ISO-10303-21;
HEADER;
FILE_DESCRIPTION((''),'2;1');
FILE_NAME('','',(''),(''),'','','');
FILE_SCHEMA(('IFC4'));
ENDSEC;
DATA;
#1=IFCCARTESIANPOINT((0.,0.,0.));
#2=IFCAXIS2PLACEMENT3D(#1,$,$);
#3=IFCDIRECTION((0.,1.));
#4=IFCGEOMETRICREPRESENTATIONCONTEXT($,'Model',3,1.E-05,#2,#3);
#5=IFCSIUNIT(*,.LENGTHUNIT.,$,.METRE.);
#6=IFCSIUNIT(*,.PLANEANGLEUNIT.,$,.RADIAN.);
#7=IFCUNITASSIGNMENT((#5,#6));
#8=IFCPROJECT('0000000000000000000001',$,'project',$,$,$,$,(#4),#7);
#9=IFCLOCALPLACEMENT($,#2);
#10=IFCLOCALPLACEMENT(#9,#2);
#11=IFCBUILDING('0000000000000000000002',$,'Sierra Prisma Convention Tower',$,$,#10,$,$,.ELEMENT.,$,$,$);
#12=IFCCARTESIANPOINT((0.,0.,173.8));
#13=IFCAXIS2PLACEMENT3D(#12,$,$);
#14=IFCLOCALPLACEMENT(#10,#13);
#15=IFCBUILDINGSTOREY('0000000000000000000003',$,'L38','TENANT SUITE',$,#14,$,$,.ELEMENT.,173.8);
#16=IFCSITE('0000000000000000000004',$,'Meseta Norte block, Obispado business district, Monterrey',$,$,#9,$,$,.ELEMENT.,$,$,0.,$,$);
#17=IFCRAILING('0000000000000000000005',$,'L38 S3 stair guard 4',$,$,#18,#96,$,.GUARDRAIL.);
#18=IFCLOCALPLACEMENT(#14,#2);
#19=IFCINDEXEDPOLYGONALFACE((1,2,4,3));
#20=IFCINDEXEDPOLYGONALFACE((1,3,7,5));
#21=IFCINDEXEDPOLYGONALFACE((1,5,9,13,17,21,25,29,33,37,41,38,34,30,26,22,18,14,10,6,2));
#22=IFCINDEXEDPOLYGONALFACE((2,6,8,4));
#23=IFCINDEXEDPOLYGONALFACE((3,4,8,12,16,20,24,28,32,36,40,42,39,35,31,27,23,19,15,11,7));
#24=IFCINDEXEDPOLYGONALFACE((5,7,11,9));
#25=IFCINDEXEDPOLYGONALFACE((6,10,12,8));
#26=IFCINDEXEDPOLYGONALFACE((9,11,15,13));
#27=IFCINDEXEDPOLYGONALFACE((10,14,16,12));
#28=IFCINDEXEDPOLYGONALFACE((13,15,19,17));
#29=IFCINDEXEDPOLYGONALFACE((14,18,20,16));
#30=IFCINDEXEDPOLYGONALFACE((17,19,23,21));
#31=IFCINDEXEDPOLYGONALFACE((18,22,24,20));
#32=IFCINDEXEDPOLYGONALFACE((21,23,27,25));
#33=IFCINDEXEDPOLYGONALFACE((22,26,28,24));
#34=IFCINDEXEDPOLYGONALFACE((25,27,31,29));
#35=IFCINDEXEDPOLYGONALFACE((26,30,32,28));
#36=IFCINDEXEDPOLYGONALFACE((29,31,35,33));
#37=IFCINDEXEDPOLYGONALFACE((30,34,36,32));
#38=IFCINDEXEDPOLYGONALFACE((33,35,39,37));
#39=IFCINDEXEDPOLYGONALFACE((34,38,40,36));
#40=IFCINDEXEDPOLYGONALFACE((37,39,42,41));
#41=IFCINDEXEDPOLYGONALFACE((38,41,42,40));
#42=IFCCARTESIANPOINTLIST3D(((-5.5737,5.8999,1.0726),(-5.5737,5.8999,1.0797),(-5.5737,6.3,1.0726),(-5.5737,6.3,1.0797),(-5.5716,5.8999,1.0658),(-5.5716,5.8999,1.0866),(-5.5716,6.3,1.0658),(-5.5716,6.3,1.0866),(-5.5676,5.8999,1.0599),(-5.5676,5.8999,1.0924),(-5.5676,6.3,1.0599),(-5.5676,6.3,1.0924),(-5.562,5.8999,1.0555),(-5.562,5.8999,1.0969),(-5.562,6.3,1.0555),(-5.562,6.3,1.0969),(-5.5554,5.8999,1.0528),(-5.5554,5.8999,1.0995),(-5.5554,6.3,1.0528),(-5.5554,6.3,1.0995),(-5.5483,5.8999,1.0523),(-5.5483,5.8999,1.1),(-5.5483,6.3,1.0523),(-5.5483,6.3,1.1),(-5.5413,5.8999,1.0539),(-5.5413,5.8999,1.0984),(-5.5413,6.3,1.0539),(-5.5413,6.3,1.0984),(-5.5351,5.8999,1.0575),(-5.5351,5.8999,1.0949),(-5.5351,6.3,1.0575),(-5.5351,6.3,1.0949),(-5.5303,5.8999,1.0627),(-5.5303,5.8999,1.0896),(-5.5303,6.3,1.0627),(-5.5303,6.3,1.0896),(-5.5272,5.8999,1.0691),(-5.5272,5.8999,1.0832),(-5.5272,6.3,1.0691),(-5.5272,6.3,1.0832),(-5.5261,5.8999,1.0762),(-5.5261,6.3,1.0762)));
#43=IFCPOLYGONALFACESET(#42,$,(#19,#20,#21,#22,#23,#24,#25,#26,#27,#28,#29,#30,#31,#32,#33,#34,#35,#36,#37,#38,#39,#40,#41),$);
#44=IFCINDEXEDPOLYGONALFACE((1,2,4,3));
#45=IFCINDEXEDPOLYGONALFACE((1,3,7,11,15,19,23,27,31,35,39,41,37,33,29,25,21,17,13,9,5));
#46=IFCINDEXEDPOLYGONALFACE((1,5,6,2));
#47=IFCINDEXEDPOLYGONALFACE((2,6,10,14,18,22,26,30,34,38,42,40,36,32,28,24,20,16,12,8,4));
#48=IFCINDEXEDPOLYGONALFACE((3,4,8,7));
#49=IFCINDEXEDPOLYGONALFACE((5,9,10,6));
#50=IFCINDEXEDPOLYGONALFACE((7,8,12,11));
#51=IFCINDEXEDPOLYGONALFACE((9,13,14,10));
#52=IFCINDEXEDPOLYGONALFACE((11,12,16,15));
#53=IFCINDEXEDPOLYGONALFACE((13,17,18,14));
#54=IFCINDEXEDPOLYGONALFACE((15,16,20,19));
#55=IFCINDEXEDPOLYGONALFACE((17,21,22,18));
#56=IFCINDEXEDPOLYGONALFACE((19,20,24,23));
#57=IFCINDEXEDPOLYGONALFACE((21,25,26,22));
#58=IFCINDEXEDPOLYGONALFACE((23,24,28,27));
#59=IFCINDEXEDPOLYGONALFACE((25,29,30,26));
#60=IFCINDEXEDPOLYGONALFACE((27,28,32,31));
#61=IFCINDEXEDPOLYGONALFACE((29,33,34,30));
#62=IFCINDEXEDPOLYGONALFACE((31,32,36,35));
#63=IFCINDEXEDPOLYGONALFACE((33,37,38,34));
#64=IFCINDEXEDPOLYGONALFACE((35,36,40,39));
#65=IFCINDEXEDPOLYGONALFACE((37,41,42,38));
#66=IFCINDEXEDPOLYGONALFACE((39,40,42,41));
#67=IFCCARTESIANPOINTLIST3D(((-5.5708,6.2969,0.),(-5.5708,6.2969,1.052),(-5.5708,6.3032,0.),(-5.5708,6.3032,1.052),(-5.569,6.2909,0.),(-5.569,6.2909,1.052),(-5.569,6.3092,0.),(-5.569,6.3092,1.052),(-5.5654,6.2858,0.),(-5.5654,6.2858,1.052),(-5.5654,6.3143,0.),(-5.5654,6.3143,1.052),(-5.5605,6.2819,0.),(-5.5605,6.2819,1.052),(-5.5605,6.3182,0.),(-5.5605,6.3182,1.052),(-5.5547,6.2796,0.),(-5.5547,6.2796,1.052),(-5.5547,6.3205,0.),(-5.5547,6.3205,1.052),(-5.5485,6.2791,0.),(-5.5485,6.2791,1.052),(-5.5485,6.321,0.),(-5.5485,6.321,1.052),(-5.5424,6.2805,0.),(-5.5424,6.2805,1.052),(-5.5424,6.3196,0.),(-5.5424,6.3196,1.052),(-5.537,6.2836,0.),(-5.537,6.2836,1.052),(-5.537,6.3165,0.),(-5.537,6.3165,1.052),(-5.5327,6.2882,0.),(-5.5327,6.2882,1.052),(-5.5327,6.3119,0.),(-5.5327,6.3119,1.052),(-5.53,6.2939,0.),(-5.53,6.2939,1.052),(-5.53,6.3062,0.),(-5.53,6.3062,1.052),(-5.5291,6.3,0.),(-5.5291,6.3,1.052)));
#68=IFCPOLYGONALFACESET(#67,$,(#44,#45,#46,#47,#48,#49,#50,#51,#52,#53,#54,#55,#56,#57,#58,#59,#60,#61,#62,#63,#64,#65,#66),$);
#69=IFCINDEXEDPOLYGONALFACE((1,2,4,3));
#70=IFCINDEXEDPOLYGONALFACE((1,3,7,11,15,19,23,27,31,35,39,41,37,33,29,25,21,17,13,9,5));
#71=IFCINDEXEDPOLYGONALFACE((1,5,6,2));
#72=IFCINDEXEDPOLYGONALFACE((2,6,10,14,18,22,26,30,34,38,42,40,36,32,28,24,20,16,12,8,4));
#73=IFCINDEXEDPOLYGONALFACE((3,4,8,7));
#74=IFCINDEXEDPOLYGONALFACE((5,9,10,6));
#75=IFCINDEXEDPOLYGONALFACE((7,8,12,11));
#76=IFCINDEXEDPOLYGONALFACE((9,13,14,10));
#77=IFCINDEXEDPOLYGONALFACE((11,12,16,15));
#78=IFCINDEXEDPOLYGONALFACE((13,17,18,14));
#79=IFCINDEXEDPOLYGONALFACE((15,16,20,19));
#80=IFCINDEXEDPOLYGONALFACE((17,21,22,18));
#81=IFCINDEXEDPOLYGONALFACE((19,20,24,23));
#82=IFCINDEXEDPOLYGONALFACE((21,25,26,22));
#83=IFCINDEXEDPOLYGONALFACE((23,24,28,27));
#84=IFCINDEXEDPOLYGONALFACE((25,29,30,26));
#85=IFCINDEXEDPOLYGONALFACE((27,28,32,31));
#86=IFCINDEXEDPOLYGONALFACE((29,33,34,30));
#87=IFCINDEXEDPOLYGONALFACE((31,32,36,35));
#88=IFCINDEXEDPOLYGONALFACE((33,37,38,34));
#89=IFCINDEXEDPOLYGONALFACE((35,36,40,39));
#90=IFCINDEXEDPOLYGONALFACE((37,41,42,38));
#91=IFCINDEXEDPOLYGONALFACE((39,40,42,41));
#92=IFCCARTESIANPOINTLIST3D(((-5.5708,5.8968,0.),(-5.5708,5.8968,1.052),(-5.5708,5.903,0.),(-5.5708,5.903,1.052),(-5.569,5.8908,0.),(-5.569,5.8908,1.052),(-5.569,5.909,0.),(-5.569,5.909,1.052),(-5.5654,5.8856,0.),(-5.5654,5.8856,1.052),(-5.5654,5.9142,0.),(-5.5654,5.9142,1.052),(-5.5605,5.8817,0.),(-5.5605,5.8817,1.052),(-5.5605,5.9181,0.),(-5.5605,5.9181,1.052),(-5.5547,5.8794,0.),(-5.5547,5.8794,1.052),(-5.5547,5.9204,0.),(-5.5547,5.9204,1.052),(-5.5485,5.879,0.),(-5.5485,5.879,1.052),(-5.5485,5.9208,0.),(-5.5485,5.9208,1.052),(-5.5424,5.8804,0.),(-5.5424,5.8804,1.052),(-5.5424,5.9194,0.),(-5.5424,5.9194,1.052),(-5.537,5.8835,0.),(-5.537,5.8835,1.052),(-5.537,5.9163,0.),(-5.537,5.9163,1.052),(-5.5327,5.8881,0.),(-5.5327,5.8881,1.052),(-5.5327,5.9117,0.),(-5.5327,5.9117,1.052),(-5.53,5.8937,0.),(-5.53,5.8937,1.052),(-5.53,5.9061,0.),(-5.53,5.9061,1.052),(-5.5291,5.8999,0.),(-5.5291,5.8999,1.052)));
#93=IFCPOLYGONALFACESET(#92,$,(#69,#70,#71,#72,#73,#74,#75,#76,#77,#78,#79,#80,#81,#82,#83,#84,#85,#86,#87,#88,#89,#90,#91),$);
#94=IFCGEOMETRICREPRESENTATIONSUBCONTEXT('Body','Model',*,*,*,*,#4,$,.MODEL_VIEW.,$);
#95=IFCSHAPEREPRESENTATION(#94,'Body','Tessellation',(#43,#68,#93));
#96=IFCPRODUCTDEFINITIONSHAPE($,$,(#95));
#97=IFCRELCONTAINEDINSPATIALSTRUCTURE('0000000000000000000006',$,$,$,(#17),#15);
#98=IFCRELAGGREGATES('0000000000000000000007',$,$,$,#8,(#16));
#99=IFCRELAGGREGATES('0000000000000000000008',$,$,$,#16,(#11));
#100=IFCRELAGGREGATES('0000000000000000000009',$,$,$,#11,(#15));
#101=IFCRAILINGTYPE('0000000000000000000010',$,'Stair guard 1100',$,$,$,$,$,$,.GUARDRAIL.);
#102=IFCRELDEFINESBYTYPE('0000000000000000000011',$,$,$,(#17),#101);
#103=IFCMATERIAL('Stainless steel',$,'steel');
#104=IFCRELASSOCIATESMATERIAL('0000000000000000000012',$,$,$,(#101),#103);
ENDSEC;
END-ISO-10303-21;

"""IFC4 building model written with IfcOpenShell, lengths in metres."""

from ifc_helpers import new_model, si_unit, direction, frame, origin, origin_2d, place, context, subcontext, project, spatial, circle, extrude, material, type_object, element, save


model = new_model("IFC4")

# Units and contexts
model_context = context("Model", 3, precision=1e-05, world=origin(), true_north=direction((0.0, 1.0)))
body_context = subcontext(model_context, "Body", "Model", "MODEL_VIEW")
ifc_project = project(units=[si_unit("LENGTHUNIT", "METRE"), si_unit("PLANEANGLEUNIT", "RADIAN")], contexts=[model_context])

# Site, building, storey
site_placement = place(None, origin())
site = spatial("IfcSite", under=ifc_project, at=site_placement, Name="Meseta Norte block, Obispado business district, Monterrey", CompositionType="ELEMENT", RefElevation=0.0)
building_placement = place(site_placement, origin())
building = spatial("IfcBuilding", under=site, at=building_placement, Name="Sierra Prisma Convention Tower", CompositionType="ELEMENT")
storey_placement = place(building_placement, frame((0.0, 0.0, 173.8)))
storey = spatial("IfcBuildingStorey", under=building, at=storey_placement, Name="L38", Description="TENANT SUITE", CompositionType="ELEMENT", Elevation=173.8)

# Railing
ifc_material_1 = material(Name="Stainless steel", Category="steel")
railing_type_1 = type_object("IfcRailingType", Name="Stair guard 1100", PredefinedType="GUARDRAIL", material=ifc_material_1)
railing_1_placement = place(storey_placement, frame((-5.55, 6.3, 0.0)))
element("IfcRailing", 1, at=railing_1_placement, inside=storey, type_object=railing_type_1, Name="L38 S3 stair guard 4", PredefinedType="GUARDRAIL", context=body_context, shape_type="SweptSolid", body=[
    extrude(circle(Radius=0.0239, at=origin_2d()), frame((0.0, 0.0, 1.0762), z_axis=(0.0, -1.0, 0.0), x_axis=(1.0, 0.0, 0.0)), (0.0, 0.0, 1.0), 0.4001),
    extrude(circle(Radius=0.021, at=origin_2d()), origin(), (0.0, 0.0, 1.0), 1.052),
    extrude(circle(Radius=0.021, at=origin_2d()), frame((0.0, -0.4001, 0.0)), (0.0, 0.0, 1.0), 1.052),
])

save(model, "model.ifc")
